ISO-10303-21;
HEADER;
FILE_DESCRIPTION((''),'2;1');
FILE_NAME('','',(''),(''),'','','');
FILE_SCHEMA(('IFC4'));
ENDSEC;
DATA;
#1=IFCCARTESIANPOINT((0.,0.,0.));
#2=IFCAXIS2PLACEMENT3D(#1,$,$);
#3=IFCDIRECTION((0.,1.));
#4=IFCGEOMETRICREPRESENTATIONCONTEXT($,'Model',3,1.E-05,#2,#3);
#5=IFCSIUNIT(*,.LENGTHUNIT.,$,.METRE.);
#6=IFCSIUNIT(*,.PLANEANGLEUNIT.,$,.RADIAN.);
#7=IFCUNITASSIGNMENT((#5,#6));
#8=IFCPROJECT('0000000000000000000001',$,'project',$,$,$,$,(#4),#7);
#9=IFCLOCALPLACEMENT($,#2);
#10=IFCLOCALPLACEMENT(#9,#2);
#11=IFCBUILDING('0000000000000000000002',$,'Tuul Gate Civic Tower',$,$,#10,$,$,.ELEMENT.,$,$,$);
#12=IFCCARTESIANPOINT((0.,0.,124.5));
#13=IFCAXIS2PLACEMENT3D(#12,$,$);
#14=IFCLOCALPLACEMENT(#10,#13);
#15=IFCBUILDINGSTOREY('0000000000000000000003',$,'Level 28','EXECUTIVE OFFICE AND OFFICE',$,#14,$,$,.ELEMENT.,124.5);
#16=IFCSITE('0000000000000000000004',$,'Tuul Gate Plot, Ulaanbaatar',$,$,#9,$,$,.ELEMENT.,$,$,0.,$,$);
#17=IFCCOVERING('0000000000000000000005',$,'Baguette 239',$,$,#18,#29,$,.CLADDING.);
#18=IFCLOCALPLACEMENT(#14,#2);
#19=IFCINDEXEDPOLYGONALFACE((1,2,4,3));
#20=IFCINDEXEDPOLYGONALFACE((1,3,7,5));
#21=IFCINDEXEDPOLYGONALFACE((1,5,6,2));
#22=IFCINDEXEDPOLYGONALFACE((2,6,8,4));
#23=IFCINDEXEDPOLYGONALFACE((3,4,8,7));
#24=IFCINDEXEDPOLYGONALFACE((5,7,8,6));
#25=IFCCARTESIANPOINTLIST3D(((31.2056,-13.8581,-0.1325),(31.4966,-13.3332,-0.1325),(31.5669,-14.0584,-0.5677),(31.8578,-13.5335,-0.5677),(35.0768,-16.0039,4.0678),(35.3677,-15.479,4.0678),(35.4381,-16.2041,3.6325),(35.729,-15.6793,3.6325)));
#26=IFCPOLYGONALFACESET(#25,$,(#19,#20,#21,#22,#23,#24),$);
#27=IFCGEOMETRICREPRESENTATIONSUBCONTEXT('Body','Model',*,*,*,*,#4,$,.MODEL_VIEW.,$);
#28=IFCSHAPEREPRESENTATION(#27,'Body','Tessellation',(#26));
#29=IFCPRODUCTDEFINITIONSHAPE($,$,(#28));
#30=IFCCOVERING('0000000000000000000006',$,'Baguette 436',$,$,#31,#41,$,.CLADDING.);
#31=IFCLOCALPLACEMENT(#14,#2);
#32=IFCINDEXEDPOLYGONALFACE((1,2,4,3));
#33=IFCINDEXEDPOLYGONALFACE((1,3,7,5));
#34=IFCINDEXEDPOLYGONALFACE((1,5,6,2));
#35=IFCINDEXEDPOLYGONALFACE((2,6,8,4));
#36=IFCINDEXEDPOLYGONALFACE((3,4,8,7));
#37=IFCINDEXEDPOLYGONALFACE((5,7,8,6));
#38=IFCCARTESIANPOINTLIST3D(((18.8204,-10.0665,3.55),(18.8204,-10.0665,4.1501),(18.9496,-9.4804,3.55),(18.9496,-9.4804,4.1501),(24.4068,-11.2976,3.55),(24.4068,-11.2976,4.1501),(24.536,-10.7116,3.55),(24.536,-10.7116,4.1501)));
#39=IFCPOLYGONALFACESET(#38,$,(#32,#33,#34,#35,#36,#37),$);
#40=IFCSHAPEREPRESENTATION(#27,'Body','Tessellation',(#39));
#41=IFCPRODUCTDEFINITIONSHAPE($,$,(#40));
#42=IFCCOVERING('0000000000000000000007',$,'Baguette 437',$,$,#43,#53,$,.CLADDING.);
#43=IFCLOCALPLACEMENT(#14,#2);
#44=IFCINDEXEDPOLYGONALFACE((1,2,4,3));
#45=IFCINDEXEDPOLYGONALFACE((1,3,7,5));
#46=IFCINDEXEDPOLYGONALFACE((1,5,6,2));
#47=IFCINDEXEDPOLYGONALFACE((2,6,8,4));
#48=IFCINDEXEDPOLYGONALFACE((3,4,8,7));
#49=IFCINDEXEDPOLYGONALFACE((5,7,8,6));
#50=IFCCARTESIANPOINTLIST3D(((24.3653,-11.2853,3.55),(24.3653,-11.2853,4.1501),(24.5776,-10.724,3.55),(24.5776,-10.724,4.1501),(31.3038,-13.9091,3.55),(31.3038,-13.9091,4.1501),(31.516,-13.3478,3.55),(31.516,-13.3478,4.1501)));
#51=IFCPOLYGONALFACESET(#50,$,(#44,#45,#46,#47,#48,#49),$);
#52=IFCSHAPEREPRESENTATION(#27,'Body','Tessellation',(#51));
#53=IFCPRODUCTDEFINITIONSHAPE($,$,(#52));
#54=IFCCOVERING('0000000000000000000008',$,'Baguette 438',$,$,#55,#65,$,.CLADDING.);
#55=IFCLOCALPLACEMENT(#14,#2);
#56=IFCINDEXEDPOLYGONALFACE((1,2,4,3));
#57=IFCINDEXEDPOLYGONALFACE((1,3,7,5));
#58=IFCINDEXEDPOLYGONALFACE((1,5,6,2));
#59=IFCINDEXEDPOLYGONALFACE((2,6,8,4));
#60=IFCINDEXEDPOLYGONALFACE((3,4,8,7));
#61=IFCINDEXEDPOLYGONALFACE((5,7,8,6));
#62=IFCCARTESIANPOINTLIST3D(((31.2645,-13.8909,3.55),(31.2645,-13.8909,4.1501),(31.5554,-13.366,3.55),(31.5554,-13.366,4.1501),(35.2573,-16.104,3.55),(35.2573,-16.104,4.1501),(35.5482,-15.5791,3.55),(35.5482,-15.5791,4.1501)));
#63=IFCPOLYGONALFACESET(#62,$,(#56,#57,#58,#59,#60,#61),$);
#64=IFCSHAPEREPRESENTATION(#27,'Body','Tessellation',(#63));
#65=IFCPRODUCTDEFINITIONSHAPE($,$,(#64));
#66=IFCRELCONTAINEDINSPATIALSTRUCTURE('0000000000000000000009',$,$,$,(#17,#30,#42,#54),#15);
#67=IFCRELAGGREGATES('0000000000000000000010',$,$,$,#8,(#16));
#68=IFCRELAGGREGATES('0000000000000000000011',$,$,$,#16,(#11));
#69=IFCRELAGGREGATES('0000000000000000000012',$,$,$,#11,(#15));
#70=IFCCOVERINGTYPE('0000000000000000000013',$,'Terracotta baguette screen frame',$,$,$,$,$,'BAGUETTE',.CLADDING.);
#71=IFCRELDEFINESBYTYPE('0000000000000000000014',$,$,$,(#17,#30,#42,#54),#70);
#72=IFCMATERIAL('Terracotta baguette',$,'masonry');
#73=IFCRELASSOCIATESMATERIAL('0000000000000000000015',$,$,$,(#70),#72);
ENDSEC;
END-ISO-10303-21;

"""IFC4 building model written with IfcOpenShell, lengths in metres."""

from ifc_helpers import new_model, si_unit, direction, frame, origin, origin_2d, place, context, subcontext, project, spatial, rectangle, extrude, material, material_profile, profile_set, type_object, element, save


model = new_model("IFC4")

# Units and contexts
model_context = context("Model", 3, precision=1e-05, world=origin(), true_north=direction((0.0, 1.0)))
body_context = subcontext(model_context, "Body", "Model", "MODEL_VIEW")
ifc_project = project(units=[si_unit("LENGTHUNIT", "METRE"), si_unit("PLANEANGLEUNIT", "RADIAN")], contexts=[model_context])

# Site, building, storey
site_placement = place(None, origin())
site = spatial("IfcSite", under=ifc_project, at=site_placement, Name="Tuul Gate Plot, Ulaanbaatar", CompositionType="ELEMENT", RefElevation=0.0)
building_placement = place(site_placement, origin())
building = spatial("IfcBuilding", under=site, at=building_placement, Name="Tuul Gate Civic Tower", CompositionType="ELEMENT")
storey_placement = place(building_placement, frame((0.0, 0.0, 124.5)))
storey = spatial("IfcBuildingStorey", under=building, at=storey_placement, Name="Level 28", Description="EXECUTIVE OFFICE AND OFFICE", CompositionType="ELEMENT", Elevation=124.5)

# Coverings
ifc_material_1 = material(Name="Terracotta baguette", Category="masonry")
ifc_material_profile_1 = material_profile(ifc_material_1, rectangle(XDim=0.6001, YDim=0.6001, at=origin_2d()), Name="Terracotta baguette screen frame")
ifc_profile_set_1 = profile_set([ifc_material_profile_1], Name="Terracotta baguette")
covering_type = type_object("IfcCoveringType", Name="Terracotta baguette screen frame", ElementType="BAGUETTE", PredefinedType="CLADDING", material=ifc_profile_set_1)
covering_1_placement = place(storey_placement, frame((31.5317, -13.6958, -0.3501), z_axis=(0.634424, -0.351662, 0.68836), x_axis=(0.484804, 0.874623, 0.0)))
element("IfcCovering", 1, at=covering_1_placement, inside=storey, type_object=covering_type, Name="Baguette 239", PredefinedType="CLADDING", context=body_context, shape_type="SweptSolid", body=[
    extrude(rectangle(XDim=0.6001, YDim=0.6001, at=origin_2d()), origin(), (0.0, 0.0, 1.0), 6.1018),
])
covering_2_placement = place(storey_placement, frame((18.885, -9.7734, 3.8501), z_axis=(0.976564, -0.215227, 0.0), x_axis=(0.215227, 0.976564, 0.0)))
element("IfcCovering", 2, at=covering_2_placement, inside=storey, type_object=covering_type, Name="Baguette 436", PredefinedType="CLADDING", context=body_context, shape_type="SweptSolid", body=[
    extrude(rectangle(XDim=0.6001, YDim=0.6001, at=origin_2d()), origin(), (0.0, 0.0, 1.0), 5.7205),
])
covering_3_placement = place(storey_placement, frame((24.4714, -11.0046, 3.8501), z_axis=(0.935357, -0.353705, 0.0), x_axis=(0.353705, 0.935357, 0.0)))
element("IfcCovering", 3, at=covering_3_placement, inside=storey, type_object=covering_type, Name="Baguette 437", PredefinedType="CLADDING", context=body_context, shape_type="SweptSolid", body=[
    extrude(rectangle(XDim=0.6001, YDim=0.6001, at=origin_2d()), origin(), (0.0, 0.0, 1.0), 7.418),
])
covering_4_placement = place(storey_placement, frame((31.4099, -13.6284, 3.8501), z_axis=(0.874636, -0.48478, 0.0), x_axis=(0.48478, 0.874636, 0.0)))
element("IfcCovering", 4, at=covering_4_placement, inside=storey, type_object=covering_type, Name="Baguette 438", PredefinedType="CLADDING", context=body_context, shape_type="SweptSolid", body=[
    extrude(rectangle(XDim=0.6001, YDim=0.6001, at=origin_2d()), origin(), (0.0, 0.0, 1.0), 4.5652),
])

save(model, "model.ifc")
